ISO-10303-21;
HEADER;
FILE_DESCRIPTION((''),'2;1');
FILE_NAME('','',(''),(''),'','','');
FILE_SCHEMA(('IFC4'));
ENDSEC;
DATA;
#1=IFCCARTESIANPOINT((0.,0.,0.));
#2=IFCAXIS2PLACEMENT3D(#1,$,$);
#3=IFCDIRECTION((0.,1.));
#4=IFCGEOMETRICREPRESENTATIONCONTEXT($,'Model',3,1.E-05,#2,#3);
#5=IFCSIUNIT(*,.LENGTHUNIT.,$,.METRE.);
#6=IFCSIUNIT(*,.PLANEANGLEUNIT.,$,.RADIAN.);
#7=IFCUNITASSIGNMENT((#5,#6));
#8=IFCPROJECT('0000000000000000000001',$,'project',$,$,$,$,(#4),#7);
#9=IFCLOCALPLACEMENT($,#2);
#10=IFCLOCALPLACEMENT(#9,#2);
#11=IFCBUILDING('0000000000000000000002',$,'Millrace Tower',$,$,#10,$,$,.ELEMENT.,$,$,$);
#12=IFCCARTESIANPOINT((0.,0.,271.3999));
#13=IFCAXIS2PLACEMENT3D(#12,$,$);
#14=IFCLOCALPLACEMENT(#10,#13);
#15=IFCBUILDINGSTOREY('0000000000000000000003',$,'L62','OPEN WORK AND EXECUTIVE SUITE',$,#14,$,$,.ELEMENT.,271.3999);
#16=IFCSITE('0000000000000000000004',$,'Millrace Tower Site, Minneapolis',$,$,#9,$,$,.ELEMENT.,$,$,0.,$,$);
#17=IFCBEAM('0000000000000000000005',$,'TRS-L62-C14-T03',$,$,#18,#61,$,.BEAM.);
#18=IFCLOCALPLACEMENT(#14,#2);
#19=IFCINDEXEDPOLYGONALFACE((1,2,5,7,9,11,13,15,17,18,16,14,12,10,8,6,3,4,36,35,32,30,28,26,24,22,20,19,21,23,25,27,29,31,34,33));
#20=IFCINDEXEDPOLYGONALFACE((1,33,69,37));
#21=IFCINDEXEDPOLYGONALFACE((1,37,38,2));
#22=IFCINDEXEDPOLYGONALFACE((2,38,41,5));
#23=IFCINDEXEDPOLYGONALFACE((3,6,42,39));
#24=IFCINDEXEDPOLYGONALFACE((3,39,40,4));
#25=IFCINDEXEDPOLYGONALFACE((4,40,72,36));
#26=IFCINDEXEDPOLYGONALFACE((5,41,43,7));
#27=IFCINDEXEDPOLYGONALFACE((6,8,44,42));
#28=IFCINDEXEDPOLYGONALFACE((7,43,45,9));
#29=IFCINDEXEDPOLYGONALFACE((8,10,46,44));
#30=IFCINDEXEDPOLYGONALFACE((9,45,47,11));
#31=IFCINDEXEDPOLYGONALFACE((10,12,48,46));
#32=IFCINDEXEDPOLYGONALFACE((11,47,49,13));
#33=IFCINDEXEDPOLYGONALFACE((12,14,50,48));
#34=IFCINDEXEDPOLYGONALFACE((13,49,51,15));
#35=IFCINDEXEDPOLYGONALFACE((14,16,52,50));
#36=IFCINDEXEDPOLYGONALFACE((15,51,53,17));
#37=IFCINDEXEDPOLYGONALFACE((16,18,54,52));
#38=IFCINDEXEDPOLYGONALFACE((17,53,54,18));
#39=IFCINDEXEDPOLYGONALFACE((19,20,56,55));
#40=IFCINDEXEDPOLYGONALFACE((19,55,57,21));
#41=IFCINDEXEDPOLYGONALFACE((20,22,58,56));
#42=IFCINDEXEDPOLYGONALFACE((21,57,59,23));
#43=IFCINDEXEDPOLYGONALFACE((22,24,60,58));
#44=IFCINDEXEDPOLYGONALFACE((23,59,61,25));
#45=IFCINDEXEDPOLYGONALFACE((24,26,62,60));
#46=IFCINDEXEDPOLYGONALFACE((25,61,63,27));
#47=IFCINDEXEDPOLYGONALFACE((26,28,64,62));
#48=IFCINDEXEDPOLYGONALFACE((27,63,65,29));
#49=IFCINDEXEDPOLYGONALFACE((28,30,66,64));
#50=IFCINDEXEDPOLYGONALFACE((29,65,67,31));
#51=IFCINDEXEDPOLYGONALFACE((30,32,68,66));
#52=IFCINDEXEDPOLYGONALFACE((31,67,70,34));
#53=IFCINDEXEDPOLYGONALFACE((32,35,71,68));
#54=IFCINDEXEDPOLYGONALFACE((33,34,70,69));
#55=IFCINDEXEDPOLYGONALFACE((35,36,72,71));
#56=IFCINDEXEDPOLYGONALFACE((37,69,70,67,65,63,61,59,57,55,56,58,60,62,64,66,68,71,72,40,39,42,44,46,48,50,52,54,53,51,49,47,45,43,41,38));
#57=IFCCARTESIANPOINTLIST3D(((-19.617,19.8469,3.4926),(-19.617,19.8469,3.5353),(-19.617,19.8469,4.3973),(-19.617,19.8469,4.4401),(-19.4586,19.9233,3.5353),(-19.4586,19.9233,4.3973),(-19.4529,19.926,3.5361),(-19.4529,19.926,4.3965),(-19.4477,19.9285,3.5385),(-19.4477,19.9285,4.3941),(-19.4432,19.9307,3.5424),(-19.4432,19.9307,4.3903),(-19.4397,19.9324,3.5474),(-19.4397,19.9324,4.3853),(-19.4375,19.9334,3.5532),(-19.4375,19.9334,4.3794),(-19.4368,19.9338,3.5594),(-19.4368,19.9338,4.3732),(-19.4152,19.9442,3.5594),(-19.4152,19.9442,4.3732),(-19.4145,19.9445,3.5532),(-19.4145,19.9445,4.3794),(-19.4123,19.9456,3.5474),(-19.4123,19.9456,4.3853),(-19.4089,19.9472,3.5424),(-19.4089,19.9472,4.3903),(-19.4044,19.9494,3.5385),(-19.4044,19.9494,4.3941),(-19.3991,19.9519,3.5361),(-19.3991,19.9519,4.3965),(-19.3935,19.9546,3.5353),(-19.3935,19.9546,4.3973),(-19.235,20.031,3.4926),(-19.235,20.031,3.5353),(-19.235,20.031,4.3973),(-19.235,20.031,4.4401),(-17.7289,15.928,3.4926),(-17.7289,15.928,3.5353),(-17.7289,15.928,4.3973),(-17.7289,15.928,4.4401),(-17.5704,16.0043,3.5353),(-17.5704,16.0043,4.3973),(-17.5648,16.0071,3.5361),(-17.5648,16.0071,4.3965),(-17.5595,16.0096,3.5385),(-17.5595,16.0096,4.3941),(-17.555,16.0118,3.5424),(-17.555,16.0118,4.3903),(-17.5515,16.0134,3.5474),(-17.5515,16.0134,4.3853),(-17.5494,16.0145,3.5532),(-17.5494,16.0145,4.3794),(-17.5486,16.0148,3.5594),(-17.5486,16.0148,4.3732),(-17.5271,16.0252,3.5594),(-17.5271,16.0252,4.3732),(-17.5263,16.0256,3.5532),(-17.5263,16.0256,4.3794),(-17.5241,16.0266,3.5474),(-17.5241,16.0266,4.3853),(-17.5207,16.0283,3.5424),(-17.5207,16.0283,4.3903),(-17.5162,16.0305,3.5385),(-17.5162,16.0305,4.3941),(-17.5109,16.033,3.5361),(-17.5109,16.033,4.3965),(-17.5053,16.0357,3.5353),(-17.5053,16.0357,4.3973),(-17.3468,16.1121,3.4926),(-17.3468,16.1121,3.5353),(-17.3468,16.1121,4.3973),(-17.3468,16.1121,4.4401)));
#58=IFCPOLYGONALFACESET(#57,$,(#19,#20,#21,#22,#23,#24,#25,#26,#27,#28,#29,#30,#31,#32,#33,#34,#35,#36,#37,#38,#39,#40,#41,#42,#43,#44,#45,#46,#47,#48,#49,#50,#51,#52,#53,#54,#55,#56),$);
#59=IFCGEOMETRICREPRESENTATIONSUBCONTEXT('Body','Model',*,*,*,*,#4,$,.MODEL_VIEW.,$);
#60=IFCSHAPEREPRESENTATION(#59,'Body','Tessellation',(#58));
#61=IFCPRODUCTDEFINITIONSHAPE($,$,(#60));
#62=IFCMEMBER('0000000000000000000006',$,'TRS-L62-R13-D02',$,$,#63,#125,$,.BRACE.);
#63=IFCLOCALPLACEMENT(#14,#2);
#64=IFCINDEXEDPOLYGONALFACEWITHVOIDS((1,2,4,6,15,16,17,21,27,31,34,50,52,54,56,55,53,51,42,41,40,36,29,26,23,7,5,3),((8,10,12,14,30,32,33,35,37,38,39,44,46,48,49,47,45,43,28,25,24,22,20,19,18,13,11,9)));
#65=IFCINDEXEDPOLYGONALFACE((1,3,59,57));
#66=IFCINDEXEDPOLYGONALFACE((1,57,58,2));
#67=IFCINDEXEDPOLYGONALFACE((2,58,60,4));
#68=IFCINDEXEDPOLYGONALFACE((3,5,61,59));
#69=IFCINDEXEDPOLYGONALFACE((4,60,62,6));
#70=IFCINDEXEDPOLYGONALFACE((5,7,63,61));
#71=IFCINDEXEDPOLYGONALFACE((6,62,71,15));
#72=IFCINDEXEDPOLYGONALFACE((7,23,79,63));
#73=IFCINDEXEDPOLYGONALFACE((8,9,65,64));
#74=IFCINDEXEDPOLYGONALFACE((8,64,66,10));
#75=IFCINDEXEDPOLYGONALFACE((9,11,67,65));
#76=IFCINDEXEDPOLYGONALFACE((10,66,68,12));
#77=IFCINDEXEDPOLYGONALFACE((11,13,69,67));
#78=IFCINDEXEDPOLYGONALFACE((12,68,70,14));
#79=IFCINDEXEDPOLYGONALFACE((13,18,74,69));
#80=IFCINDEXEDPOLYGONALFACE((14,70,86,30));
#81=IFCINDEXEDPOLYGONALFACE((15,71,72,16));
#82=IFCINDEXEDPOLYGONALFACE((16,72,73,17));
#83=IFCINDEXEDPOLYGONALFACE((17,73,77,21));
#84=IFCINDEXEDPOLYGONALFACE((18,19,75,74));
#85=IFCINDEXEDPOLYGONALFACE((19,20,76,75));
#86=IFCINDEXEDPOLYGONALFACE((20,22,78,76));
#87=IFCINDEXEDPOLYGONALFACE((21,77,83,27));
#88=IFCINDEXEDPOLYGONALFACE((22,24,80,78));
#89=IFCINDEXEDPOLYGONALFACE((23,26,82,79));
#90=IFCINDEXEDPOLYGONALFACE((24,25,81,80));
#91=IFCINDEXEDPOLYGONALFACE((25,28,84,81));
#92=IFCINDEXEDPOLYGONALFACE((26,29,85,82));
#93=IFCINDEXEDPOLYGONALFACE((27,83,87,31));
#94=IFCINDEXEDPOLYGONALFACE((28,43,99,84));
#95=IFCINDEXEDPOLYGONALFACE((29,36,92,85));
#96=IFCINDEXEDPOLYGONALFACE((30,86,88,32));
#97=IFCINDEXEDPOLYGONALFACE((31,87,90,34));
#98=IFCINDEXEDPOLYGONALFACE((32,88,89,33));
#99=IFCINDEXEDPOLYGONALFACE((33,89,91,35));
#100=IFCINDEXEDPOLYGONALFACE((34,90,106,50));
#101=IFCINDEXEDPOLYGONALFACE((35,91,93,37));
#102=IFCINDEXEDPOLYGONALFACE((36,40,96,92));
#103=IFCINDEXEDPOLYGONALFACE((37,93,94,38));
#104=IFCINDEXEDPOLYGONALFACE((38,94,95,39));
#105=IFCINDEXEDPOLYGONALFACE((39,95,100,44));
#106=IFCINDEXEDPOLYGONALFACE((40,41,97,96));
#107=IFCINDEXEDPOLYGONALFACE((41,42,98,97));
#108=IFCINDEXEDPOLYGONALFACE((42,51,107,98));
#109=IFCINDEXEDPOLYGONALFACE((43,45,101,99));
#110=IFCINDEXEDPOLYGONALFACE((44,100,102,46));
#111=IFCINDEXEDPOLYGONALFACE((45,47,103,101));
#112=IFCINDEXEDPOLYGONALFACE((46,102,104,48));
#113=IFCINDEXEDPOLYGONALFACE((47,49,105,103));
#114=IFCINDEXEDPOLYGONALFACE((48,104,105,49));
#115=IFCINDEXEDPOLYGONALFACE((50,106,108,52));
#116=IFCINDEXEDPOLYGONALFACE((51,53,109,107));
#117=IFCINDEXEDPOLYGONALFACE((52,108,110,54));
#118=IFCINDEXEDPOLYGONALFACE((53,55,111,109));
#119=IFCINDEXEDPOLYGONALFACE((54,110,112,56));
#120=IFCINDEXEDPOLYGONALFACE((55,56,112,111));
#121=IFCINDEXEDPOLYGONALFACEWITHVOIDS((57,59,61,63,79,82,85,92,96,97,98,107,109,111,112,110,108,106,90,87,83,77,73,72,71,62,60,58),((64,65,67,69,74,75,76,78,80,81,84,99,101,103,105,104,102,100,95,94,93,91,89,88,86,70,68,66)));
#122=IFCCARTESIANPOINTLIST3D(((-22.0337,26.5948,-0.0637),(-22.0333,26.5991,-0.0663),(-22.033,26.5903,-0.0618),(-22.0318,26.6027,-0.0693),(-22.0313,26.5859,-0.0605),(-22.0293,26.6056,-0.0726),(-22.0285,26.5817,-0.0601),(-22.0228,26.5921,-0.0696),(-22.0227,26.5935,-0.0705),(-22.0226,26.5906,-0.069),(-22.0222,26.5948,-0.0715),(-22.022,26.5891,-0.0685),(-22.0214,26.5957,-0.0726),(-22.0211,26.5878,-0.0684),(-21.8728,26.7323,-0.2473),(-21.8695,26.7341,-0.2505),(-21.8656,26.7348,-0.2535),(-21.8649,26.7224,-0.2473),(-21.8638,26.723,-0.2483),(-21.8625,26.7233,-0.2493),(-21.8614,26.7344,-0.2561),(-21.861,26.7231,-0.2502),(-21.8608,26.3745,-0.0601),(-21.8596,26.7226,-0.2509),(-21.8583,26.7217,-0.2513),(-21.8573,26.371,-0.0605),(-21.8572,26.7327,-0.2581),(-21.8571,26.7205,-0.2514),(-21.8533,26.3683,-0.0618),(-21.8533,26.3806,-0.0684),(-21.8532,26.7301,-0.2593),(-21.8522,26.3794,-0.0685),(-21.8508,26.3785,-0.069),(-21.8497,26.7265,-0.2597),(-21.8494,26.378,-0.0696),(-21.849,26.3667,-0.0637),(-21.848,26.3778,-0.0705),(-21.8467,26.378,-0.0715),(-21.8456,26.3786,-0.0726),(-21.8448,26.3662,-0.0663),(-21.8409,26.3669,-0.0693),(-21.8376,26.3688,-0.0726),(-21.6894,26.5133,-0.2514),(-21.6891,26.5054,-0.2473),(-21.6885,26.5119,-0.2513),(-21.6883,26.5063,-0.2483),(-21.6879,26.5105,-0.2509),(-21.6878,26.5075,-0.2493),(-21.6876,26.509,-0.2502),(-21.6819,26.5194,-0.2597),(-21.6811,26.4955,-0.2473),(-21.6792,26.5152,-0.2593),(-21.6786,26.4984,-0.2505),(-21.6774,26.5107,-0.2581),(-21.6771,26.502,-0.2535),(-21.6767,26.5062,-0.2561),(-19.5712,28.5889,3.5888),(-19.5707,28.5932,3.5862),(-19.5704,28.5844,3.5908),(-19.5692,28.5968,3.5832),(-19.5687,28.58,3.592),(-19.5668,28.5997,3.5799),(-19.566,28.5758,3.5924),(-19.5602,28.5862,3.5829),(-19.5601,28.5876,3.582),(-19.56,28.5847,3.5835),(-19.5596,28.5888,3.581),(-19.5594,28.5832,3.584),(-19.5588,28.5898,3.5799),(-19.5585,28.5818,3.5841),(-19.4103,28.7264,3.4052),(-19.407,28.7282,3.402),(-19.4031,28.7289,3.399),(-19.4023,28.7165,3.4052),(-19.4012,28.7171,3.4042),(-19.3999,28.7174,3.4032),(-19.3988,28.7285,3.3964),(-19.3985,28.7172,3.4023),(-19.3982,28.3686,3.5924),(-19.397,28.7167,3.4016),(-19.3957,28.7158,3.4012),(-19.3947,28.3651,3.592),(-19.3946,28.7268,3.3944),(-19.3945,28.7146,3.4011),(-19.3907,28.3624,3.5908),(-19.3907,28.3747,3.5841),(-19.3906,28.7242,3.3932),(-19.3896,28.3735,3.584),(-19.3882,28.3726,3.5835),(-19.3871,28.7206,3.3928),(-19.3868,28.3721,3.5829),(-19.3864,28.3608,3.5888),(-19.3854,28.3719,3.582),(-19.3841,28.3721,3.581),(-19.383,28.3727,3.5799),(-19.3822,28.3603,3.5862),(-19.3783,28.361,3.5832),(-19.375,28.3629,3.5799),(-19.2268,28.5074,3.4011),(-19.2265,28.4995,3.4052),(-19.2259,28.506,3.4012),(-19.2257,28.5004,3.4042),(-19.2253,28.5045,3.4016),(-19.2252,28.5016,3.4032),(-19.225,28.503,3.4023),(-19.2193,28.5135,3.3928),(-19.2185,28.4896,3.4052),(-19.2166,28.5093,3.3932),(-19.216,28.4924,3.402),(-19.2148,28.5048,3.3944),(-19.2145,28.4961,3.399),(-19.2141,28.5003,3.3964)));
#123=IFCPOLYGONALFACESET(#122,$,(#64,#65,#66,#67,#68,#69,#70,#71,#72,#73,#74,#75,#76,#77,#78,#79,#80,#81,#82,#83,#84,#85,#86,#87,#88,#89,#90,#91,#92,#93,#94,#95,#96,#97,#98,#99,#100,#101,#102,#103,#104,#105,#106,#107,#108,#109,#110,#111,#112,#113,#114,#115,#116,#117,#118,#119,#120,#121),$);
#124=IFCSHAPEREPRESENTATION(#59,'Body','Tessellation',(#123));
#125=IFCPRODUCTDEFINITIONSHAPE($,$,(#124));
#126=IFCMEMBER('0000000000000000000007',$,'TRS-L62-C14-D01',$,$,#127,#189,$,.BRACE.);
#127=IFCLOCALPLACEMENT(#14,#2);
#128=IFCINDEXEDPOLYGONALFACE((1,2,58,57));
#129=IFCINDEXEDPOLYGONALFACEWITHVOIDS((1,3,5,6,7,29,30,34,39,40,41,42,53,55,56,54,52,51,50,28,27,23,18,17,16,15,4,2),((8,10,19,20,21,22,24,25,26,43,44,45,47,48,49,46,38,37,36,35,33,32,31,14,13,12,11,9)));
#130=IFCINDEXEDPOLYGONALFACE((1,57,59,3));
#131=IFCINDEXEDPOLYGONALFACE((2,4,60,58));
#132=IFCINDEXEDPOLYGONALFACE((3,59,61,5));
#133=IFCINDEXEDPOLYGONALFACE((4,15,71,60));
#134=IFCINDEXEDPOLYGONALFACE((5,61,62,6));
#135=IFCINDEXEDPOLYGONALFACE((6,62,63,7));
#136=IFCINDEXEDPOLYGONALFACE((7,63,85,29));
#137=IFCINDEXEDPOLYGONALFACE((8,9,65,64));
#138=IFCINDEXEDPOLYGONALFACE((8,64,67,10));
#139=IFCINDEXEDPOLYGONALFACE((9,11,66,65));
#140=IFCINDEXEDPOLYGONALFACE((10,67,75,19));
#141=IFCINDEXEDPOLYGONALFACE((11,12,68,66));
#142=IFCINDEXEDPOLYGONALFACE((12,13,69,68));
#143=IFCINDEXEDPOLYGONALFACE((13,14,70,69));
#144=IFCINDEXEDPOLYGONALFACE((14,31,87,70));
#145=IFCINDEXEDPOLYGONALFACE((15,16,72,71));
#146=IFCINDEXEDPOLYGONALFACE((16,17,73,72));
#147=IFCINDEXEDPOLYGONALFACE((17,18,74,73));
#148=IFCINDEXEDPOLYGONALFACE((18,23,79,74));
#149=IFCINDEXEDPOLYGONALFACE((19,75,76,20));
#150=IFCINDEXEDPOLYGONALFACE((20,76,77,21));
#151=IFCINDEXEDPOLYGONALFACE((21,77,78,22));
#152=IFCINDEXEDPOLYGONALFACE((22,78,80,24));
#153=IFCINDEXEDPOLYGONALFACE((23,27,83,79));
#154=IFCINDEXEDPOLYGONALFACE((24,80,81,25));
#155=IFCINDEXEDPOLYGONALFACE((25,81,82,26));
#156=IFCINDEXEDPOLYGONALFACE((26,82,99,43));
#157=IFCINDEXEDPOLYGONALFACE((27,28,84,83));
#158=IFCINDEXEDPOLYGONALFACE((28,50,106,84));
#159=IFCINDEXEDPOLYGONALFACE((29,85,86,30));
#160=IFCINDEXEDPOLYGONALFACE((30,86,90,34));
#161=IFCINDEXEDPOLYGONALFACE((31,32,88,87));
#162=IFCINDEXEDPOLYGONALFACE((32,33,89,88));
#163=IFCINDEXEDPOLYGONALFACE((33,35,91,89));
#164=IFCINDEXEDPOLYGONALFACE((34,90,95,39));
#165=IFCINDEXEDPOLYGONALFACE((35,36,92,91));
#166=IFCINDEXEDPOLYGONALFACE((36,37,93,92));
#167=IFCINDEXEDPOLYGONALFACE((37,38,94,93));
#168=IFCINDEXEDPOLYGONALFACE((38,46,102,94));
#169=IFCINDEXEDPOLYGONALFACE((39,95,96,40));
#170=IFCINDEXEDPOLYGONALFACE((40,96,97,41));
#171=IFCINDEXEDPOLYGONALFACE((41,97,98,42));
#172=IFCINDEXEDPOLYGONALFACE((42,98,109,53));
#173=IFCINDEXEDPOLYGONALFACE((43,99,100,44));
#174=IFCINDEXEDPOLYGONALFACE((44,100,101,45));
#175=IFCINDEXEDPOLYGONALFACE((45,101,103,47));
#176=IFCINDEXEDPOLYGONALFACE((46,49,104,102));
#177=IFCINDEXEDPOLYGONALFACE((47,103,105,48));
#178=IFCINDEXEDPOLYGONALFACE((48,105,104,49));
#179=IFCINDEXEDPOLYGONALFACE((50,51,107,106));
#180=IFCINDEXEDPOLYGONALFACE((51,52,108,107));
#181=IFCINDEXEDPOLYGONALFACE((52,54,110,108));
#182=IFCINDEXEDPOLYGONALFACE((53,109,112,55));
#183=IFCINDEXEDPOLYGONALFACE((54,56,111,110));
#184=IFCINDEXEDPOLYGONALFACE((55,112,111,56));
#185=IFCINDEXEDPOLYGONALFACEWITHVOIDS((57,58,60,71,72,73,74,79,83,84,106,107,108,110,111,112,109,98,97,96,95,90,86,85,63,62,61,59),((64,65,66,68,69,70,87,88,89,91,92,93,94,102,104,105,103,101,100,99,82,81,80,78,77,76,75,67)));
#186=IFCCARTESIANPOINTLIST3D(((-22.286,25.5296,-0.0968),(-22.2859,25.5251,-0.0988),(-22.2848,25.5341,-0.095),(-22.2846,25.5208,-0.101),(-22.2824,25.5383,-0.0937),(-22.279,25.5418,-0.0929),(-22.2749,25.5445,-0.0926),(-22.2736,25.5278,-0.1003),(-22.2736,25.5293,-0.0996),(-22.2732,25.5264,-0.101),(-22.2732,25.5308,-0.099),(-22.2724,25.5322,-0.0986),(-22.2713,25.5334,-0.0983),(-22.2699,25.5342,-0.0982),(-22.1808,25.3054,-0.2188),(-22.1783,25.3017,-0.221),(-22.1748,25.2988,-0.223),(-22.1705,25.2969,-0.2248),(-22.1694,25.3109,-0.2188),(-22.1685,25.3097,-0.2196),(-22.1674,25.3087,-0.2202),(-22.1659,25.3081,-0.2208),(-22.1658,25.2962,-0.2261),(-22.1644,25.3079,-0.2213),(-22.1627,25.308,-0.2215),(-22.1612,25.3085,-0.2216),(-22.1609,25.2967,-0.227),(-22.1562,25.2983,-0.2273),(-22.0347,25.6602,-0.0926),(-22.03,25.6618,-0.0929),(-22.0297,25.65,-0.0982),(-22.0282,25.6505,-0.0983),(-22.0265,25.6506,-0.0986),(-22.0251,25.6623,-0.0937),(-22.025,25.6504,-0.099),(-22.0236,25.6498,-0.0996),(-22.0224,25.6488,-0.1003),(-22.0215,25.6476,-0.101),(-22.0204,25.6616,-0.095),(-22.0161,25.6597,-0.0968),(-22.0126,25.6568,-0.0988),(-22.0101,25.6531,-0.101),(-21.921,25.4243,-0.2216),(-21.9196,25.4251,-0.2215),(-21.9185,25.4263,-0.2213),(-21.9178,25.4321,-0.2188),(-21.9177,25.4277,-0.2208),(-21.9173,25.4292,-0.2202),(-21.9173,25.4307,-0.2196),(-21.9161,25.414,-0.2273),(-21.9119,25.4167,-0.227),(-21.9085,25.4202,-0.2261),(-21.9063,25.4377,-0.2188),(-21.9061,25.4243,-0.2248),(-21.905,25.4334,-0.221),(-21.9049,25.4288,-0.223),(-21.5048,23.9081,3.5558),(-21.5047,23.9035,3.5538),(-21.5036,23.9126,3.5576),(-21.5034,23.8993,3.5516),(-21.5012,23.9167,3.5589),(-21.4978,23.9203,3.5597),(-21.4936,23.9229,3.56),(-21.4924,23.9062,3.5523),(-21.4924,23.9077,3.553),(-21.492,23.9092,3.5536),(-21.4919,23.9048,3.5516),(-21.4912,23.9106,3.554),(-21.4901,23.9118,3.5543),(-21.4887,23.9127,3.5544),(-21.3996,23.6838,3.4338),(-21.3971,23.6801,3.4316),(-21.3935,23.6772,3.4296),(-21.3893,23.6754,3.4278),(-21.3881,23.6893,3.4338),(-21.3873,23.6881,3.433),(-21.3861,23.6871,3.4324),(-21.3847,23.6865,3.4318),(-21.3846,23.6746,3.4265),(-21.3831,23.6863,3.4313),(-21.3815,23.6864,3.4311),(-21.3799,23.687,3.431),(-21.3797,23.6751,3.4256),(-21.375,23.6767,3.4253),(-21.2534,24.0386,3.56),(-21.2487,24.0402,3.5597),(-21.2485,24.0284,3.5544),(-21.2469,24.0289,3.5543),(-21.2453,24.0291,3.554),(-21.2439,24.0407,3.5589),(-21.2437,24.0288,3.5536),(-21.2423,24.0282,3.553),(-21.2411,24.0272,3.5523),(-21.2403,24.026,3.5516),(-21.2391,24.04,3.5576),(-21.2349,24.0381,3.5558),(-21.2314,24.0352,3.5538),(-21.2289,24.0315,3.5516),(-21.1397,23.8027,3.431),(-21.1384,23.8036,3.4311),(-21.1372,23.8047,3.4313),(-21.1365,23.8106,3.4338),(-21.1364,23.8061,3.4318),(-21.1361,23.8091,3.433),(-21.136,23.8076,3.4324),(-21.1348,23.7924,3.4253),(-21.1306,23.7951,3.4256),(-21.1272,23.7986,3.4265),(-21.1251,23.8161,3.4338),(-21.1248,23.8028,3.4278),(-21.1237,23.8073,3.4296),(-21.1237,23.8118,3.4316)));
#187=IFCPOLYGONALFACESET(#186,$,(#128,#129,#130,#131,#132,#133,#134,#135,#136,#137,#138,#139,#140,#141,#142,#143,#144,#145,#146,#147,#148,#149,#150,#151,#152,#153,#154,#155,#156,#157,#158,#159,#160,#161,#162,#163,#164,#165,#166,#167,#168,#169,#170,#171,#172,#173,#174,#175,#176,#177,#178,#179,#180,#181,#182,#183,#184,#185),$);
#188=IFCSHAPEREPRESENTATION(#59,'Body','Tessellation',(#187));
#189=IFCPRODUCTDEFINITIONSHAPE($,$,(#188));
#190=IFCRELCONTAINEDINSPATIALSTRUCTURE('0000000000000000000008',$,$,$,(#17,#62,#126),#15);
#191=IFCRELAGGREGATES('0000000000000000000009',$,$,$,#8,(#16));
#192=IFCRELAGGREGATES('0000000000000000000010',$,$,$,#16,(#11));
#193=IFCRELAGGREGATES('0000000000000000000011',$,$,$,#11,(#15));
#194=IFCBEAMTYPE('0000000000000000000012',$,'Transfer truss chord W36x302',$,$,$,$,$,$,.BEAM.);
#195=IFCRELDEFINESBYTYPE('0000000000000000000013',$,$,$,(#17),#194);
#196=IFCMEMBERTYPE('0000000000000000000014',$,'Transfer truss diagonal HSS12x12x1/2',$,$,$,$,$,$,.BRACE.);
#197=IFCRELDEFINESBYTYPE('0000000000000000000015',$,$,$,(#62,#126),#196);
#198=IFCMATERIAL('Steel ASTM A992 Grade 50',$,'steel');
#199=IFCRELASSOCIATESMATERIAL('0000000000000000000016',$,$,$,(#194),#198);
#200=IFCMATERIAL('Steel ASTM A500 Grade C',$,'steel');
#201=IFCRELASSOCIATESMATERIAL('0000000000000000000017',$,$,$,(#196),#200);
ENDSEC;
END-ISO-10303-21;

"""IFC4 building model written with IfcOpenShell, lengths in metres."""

from ifc_helpers import new_model, si_unit, direction, frame, origin, origin_2d, place, context, subcontext, project, spatial, hollow_rectangle, i_section, extrude, material, material_profile, profile_set, type_object, element, save


model = new_model("IFC4")

# Units and contexts
model_context = context("Model", 3, precision=1e-05, world=origin(), true_north=direction((0.0, 1.0)))
body_context = subcontext(model_context, "Body", "Model", "MODEL_VIEW")
ifc_project = project(units=[si_unit("LENGTHUNIT", "METRE"), si_unit("PLANEANGLEUNIT", "RADIAN")], contexts=[model_context])

# Site, building, storey
site_placement = place(None, origin())
site = spatial("IfcSite", under=ifc_project, at=site_placement, Name="Millrace Tower Site, Minneapolis", CompositionType="ELEMENT", RefElevation=0.0)
building_placement = place(site_placement, origin())
building = spatial("IfcBuilding", under=site, at=building_placement, Name="Millrace Tower", CompositionType="ELEMENT")
storey_placement = place(building_placement, frame((0.0, 0.0, 271.3999)))
storey = spatial("IfcBuildingStorey", under=building, at=storey_placement, Name="L62", Description="OPEN WORK AND EXECUTIVE SUITE", CompositionType="ELEMENT", Elevation=271.3999)

# Beam
ifc_material_1 = material(Name="Steel ASTM A992 Grade 50", Category="steel")
ifc_material_profile_1 = material_profile(ifc_material_1, i_section(OverallWidth=0.4241, OverallDepth=0.9475, WebThickness=0.0239, FlangeThickness=0.0427, FilletRadius=0.0242, at=origin_2d()))
ifc_profile_set_1 = profile_set([ifc_material_profile_1], Name="Steel ASTM A992 Grade 50")
beam_type_1 = type_object("IfcBeamType", Name="Transfer truss chord W36x302", PredefinedType="BEAM", material=ifc_profile_set_1)
for number, where, z_axis, x_axis, name in (
    (1, (-19.426, 19.939, 3.9663), (0.434055, -0.900886, 0.0), (0.900886, 0.434055, 0.0), "TRS-L62-C14-T03"),
):
    element("IfcBeam", number, at=place(storey_placement, frame(where, z_axis=z_axis, x_axis=x_axis)), inside=storey, type_object=beam_type_1, Name=name, PredefinedType="BEAM", context=body_context, shape_type="SweptSolid", body=[
        extrude(i_section(OverallWidth=0.4241, OverallDepth=0.9475, WebThickness=0.0239, FlangeThickness=0.0427, FilletRadius=0.0242, at=origin_2d()), origin(), (0.0, 0.0, 1.0), 4.3501),
    ])

# Members
ifc_material_2 = material(Name="Steel ASTM A500 Grade C", Category="steel")
ifc_material_profile_2 = material_profile(ifc_material_2, hollow_rectangle(XDim=0.3047, YDim=0.3047, WallThickness=0.0127, InnerFilletRadius=0.0063, OuterFilletRadius=0.019, at=origin_2d()))
ifc_profile_set_2 = profile_set([ifc_material_profile_2], Name="Steel ASTM A500 Grade C")
member_type_1 = type_object("IfcMemberType", Name="Transfer truss diagonal HSS12x12x1/2", PredefinedType="BRACE", material=ifc_profile_set_2)
member_1_placement = place(storey_placement, frame((-21.8552, 26.5505, -0.1599), z_axis=(0.509279, 0.412391, 0.75536), x_axis=(-0.629307, 0.777157, 0.0)))
element("IfcMember", 2, at=member_1_placement, inside=storey, type_object=member_type_1, Name="TRS-L62-R13-D02", PredefinedType="BRACE", context=body_context, shape_type="SweptSolid", body=[
    extrude(hollow_rectangle(XDim=0.3047, YDim=0.3047, WallThickness=0.0127, InnerFilletRadius=0.0063, OuterFilletRadius=0.019, at=origin_2d()), origin(), (0.0, 0.0, 1.0), 4.8354),
])
member_2_placement = place(storey_placement, frame((-22.0955, 25.4792, -0.1599), z_axis=(0.191858, -0.398226, 0.896998), x_axis=(0.900896, 0.434036, 0.0)))
element("IfcMember", 3, at=member_2_placement, inside=storey, type_object=member_type_1, Name="TRS-L62-C14-D01", PredefinedType="BRACE", context=body_context, shape_type="SweptSolid", body=[
    extrude(hollow_rectangle(XDim=0.3047, YDim=0.3047, WallThickness=0.0127, InnerFilletRadius=0.0063, OuterFilletRadius=0.019, at=origin_2d()), origin(), (0.0, 0.0, 1.0), 4.072),
])

save(model, "model.ifc")
